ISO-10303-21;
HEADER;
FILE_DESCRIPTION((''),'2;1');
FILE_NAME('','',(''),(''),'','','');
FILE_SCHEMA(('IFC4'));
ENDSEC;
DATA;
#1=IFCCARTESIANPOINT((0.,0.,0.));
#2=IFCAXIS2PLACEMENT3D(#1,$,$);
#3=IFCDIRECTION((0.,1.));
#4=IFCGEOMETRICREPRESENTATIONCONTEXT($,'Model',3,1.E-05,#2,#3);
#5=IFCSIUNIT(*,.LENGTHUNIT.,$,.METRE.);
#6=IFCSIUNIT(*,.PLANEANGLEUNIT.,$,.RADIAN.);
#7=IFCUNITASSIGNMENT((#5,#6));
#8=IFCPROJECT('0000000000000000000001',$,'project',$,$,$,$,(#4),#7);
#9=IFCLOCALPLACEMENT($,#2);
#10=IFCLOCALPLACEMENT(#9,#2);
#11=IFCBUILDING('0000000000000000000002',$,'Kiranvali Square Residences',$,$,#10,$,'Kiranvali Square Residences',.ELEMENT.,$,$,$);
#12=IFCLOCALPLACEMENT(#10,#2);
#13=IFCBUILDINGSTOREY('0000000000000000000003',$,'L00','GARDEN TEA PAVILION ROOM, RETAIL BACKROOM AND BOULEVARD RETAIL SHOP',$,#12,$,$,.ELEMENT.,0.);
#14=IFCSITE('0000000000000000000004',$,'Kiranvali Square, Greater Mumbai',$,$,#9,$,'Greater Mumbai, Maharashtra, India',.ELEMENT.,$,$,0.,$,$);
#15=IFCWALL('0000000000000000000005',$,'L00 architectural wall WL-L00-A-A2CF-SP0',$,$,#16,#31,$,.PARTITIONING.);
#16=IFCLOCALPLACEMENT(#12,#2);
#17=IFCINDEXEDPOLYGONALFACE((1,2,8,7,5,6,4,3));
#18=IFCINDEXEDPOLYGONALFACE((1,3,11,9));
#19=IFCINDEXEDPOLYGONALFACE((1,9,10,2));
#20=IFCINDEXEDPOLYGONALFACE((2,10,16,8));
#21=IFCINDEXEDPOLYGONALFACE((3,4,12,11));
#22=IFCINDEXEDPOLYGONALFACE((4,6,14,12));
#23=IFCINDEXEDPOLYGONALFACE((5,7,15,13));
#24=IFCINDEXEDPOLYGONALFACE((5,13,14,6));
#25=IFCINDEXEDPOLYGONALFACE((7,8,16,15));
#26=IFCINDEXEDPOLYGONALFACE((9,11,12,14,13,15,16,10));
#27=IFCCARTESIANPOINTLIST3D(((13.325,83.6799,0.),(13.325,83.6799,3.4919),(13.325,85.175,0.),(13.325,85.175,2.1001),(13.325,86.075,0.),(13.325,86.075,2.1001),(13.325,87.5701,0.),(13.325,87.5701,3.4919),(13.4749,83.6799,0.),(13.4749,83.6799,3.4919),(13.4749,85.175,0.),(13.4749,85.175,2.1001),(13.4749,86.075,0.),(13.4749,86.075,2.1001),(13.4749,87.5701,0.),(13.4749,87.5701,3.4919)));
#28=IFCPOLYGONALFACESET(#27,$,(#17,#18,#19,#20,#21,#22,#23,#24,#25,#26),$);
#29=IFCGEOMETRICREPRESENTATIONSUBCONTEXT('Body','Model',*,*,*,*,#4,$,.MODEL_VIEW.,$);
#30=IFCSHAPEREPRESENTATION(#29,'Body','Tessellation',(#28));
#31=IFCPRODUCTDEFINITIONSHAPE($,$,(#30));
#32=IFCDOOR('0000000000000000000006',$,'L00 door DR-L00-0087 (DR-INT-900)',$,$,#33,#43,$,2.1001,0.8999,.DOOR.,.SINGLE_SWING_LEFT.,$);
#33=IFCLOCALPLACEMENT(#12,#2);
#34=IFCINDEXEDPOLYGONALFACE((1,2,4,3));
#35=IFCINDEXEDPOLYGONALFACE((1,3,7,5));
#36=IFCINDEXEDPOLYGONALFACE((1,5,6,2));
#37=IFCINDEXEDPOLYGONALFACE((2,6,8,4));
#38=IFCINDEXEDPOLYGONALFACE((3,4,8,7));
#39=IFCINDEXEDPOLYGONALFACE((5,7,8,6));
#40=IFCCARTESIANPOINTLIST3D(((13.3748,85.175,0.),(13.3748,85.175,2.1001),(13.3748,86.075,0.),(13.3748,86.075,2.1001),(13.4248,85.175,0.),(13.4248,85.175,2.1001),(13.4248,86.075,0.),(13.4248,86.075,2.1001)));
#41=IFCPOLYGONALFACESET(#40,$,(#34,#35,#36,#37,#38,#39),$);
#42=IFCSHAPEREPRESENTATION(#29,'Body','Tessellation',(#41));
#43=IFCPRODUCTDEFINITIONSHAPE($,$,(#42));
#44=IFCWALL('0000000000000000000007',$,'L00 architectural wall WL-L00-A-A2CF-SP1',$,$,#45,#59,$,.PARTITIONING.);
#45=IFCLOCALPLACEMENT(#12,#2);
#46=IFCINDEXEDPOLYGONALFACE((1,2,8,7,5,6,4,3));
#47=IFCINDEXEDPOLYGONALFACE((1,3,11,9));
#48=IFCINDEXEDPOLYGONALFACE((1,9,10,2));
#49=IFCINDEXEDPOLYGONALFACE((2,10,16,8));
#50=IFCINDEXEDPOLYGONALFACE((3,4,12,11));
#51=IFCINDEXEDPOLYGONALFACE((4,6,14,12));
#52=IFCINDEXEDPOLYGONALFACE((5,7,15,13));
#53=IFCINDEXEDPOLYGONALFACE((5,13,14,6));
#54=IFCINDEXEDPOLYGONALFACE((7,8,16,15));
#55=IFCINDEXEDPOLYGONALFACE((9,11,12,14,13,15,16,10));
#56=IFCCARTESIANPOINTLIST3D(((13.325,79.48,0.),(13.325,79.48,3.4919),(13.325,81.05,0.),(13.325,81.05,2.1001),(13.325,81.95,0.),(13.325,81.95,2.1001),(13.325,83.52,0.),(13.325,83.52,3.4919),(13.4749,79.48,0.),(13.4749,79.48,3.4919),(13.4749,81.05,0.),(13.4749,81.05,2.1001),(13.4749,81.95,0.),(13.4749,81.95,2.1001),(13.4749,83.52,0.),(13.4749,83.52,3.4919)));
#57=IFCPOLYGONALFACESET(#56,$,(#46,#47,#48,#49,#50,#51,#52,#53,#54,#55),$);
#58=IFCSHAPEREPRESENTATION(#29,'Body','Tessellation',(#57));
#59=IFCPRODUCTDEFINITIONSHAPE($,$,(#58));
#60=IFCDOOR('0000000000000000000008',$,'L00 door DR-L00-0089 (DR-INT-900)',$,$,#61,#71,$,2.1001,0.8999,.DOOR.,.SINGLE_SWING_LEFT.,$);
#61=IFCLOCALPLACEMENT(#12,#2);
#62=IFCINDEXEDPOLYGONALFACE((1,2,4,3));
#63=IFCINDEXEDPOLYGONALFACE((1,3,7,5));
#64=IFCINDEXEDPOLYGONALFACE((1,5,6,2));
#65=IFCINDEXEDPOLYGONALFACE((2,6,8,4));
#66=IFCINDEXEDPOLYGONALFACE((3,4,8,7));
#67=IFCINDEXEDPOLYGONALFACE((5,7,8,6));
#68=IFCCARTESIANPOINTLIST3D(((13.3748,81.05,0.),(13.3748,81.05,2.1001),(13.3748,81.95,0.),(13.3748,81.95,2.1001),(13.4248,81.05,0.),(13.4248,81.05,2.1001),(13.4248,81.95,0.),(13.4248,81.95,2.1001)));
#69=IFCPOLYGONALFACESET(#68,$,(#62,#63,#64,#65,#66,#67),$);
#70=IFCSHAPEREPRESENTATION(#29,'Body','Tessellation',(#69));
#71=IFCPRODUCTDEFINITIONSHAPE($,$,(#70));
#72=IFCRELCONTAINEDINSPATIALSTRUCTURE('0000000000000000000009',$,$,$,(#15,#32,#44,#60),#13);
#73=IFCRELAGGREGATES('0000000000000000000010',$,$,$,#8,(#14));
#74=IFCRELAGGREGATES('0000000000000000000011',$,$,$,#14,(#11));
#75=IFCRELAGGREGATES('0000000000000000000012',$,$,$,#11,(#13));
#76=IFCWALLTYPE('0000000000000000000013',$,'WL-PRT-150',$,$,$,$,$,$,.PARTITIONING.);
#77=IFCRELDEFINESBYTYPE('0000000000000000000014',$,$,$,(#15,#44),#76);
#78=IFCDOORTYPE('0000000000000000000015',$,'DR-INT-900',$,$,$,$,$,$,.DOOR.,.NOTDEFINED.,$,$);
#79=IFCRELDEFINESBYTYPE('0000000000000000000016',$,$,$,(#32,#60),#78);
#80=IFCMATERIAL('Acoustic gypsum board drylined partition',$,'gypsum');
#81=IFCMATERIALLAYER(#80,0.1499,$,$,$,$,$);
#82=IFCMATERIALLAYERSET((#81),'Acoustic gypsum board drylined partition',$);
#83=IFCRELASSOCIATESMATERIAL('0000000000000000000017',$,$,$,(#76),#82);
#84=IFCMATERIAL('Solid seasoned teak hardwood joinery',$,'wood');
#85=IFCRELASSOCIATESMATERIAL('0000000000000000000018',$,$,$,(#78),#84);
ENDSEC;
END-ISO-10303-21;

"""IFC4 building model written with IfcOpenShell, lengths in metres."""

from ifc_helpers import new_model, si_unit, direction, frame, frame_2d, origin, place, context, subcontext, project, spatial, rectangle, extrude, material, layer, layer_set, type_object, element, fill, save


model = new_model("IFC4")

# Units and contexts
model_context = context("Model", 3, precision=1e-05, world=origin(), true_north=direction((0.0, 1.0)))
body_context = subcontext(model_context, "Body", "Model", "MODEL_VIEW")
ifc_project = project(units=[si_unit("LENGTHUNIT", "METRE"), si_unit("PLANEANGLEUNIT", "RADIAN")], contexts=[model_context])

# Site, building, storey
site_placement = place(None, origin())
site = spatial("IfcSite", under=ifc_project, at=site_placement, Name="Kiranvali Square, Greater Mumbai", LongName="Greater Mumbai, Maharashtra, India", CompositionType="ELEMENT", RefElevation=0.0)
building_placement = place(site_placement, origin())
building = spatial("IfcBuilding", under=site, at=building_placement, Name="Kiranvali Square Residences", LongName="Kiranvali Square Residences", CompositionType="ELEMENT")
storey_placement = place(building_placement, origin())
storey = spatial("IfcBuildingStorey", under=building, at=storey_placement, Name="L00", Description="GARDEN TEA PAVILION ROOM, RETAIL BACKROOM AND BOULEVARD RETAIL SHOP", CompositionType="ELEMENT", Elevation=0.0)

# Walls, openings, doors
ifc_material_1 = material(Name="Acoustic gypsum board drylined partition", Category="gypsum")
ifc_layer = layer(ifc_material_1, 0.1499)
ifc_layer_set = layer_set([ifc_layer], Name="Acoustic gypsum board drylined partition")
wall_type = type_object("IfcWallType", Name="WL-PRT-150", PredefinedType="PARTITIONING", material=ifc_layer_set)
wall_1_placement = place(storey_placement, frame((13.3999, 87.5701, 0.0), z_axis=(0.0, 0.0, 1.0), x_axis=(0.0, -1.0, 0.0)))
wall_1 = element("IfcWall", 1, at=wall_1_placement, inside=storey, type_object=wall_type, Name="L00 architectural wall WL-L00-A-A2CF-SP0", PredefinedType="PARTITIONING", context=body_context, shape_type="SweptSolid", body=[
    extrude(rectangle(XDim=3.8901, YDim=0.1499, at=frame_2d((1.9451, 0.0))), origin(), (0.0, 0.0, 1.0), 3.4919),
])
opening_1_placement = place(wall_1_placement, frame((1.4951, 0.0, 0.0)))
opening_1 = element("IfcOpeningElement", 2, at=opening_1_placement, cuts=wall_1, PredefinedType="OPENING", context=body_context, shape_type="SweptSolid", body=[
    extrude(rectangle(XDim=0.8999, YDim=2.1001, at=frame_2d((0.45, 1.05))), frame((0.0, 0.085, 0.0), z_axis=(0.0, -1.0, 0.0), x_axis=(1.0, 0.0, 0.0)), (0.0, 0.0, 1.0), 0.1699),
])
ifc_material_2 = material(Name="Solid seasoned teak hardwood joinery", Category="wood")
door_type = type_object("IfcDoorType", Name="DR-INT-900", OperationType="NOTDEFINED", PredefinedType="DOOR", material=ifc_material_2)
door_1_placement = place(opening_1_placement, origin())
door_1 = element("IfcDoor", 3, at=door_1_placement, inside=storey, type_object=door_type, Name="L00 door DR-L00-0087 (DR-INT-900)", OperationType="SINGLE_SWING_LEFT", OverallHeight=2.1001, OverallWidth=0.8999, PredefinedType="DOOR", context=body_context, shape_type="SweptSolid", body=[
    extrude(rectangle(XDim=0.8999, YDim=2.1001, at=frame_2d((0.45, 1.05))), frame((0.0, 0.0249, 0.0), z_axis=(0.0, -1.0, 0.0), x_axis=(1.0, 0.0, 0.0)), (0.0, 0.0, 1.0), 0.05),
])
fill(opening_1, door_1)
wall_2_placement = place(storey_placement, frame((13.3999, 83.52, 0.0), z_axis=(0.0, 0.0, 1.0), x_axis=(0.0, -1.0, 0.0)))
wall_2 = element("IfcWall", 4, at=wall_2_placement, inside=storey, type_object=wall_type, Name="L00 architectural wall WL-L00-A-A2CF-SP1", PredefinedType="PARTITIONING", context=body_context, shape_type="SweptSolid", body=[
    extrude(rectangle(XDim=4.04, YDim=0.1499, at=frame_2d((2.02, 0.0))), origin(), (0.0, 0.0, 1.0), 3.4919),
])
opening_2_placement = place(wall_2_placement, frame((1.5701, 0.0, 0.0)))
opening_2 = element("IfcOpeningElement", 5, at=opening_2_placement, cuts=wall_2, PredefinedType="OPENING", context=body_context, shape_type="SweptSolid", body=[
    extrude(rectangle(XDim=0.8999, YDim=2.1001, at=frame_2d((0.45, 1.05))), frame((0.0, 0.085, 0.0), z_axis=(0.0, -1.0, 0.0), x_axis=(1.0, 0.0, 0.0)), (0.0, 0.0, 1.0), 0.1699),
])
door_2_placement = place(opening_2_placement, origin())
door_2 = element("IfcDoor", 6, at=door_2_placement, inside=storey, type_object=door_type, Name="L00 door DR-L00-0089 (DR-INT-900)", OperationType="SINGLE_SWING_LEFT", OverallHeight=2.1001, OverallWidth=0.8999, PredefinedType="DOOR", context=body_context, shape_type="SweptSolid", body=[
    extrude(rectangle(XDim=0.8999, YDim=2.1001, at=frame_2d((0.45, 1.05))), frame((0.0, 0.0249, 0.0), z_axis=(0.0, -1.0, 0.0), x_axis=(1.0, 0.0, 0.0)), (0.0, 0.0, 1.0), 0.05),
])
fill(opening_2, door_2)

save(model, "model.ifc")
